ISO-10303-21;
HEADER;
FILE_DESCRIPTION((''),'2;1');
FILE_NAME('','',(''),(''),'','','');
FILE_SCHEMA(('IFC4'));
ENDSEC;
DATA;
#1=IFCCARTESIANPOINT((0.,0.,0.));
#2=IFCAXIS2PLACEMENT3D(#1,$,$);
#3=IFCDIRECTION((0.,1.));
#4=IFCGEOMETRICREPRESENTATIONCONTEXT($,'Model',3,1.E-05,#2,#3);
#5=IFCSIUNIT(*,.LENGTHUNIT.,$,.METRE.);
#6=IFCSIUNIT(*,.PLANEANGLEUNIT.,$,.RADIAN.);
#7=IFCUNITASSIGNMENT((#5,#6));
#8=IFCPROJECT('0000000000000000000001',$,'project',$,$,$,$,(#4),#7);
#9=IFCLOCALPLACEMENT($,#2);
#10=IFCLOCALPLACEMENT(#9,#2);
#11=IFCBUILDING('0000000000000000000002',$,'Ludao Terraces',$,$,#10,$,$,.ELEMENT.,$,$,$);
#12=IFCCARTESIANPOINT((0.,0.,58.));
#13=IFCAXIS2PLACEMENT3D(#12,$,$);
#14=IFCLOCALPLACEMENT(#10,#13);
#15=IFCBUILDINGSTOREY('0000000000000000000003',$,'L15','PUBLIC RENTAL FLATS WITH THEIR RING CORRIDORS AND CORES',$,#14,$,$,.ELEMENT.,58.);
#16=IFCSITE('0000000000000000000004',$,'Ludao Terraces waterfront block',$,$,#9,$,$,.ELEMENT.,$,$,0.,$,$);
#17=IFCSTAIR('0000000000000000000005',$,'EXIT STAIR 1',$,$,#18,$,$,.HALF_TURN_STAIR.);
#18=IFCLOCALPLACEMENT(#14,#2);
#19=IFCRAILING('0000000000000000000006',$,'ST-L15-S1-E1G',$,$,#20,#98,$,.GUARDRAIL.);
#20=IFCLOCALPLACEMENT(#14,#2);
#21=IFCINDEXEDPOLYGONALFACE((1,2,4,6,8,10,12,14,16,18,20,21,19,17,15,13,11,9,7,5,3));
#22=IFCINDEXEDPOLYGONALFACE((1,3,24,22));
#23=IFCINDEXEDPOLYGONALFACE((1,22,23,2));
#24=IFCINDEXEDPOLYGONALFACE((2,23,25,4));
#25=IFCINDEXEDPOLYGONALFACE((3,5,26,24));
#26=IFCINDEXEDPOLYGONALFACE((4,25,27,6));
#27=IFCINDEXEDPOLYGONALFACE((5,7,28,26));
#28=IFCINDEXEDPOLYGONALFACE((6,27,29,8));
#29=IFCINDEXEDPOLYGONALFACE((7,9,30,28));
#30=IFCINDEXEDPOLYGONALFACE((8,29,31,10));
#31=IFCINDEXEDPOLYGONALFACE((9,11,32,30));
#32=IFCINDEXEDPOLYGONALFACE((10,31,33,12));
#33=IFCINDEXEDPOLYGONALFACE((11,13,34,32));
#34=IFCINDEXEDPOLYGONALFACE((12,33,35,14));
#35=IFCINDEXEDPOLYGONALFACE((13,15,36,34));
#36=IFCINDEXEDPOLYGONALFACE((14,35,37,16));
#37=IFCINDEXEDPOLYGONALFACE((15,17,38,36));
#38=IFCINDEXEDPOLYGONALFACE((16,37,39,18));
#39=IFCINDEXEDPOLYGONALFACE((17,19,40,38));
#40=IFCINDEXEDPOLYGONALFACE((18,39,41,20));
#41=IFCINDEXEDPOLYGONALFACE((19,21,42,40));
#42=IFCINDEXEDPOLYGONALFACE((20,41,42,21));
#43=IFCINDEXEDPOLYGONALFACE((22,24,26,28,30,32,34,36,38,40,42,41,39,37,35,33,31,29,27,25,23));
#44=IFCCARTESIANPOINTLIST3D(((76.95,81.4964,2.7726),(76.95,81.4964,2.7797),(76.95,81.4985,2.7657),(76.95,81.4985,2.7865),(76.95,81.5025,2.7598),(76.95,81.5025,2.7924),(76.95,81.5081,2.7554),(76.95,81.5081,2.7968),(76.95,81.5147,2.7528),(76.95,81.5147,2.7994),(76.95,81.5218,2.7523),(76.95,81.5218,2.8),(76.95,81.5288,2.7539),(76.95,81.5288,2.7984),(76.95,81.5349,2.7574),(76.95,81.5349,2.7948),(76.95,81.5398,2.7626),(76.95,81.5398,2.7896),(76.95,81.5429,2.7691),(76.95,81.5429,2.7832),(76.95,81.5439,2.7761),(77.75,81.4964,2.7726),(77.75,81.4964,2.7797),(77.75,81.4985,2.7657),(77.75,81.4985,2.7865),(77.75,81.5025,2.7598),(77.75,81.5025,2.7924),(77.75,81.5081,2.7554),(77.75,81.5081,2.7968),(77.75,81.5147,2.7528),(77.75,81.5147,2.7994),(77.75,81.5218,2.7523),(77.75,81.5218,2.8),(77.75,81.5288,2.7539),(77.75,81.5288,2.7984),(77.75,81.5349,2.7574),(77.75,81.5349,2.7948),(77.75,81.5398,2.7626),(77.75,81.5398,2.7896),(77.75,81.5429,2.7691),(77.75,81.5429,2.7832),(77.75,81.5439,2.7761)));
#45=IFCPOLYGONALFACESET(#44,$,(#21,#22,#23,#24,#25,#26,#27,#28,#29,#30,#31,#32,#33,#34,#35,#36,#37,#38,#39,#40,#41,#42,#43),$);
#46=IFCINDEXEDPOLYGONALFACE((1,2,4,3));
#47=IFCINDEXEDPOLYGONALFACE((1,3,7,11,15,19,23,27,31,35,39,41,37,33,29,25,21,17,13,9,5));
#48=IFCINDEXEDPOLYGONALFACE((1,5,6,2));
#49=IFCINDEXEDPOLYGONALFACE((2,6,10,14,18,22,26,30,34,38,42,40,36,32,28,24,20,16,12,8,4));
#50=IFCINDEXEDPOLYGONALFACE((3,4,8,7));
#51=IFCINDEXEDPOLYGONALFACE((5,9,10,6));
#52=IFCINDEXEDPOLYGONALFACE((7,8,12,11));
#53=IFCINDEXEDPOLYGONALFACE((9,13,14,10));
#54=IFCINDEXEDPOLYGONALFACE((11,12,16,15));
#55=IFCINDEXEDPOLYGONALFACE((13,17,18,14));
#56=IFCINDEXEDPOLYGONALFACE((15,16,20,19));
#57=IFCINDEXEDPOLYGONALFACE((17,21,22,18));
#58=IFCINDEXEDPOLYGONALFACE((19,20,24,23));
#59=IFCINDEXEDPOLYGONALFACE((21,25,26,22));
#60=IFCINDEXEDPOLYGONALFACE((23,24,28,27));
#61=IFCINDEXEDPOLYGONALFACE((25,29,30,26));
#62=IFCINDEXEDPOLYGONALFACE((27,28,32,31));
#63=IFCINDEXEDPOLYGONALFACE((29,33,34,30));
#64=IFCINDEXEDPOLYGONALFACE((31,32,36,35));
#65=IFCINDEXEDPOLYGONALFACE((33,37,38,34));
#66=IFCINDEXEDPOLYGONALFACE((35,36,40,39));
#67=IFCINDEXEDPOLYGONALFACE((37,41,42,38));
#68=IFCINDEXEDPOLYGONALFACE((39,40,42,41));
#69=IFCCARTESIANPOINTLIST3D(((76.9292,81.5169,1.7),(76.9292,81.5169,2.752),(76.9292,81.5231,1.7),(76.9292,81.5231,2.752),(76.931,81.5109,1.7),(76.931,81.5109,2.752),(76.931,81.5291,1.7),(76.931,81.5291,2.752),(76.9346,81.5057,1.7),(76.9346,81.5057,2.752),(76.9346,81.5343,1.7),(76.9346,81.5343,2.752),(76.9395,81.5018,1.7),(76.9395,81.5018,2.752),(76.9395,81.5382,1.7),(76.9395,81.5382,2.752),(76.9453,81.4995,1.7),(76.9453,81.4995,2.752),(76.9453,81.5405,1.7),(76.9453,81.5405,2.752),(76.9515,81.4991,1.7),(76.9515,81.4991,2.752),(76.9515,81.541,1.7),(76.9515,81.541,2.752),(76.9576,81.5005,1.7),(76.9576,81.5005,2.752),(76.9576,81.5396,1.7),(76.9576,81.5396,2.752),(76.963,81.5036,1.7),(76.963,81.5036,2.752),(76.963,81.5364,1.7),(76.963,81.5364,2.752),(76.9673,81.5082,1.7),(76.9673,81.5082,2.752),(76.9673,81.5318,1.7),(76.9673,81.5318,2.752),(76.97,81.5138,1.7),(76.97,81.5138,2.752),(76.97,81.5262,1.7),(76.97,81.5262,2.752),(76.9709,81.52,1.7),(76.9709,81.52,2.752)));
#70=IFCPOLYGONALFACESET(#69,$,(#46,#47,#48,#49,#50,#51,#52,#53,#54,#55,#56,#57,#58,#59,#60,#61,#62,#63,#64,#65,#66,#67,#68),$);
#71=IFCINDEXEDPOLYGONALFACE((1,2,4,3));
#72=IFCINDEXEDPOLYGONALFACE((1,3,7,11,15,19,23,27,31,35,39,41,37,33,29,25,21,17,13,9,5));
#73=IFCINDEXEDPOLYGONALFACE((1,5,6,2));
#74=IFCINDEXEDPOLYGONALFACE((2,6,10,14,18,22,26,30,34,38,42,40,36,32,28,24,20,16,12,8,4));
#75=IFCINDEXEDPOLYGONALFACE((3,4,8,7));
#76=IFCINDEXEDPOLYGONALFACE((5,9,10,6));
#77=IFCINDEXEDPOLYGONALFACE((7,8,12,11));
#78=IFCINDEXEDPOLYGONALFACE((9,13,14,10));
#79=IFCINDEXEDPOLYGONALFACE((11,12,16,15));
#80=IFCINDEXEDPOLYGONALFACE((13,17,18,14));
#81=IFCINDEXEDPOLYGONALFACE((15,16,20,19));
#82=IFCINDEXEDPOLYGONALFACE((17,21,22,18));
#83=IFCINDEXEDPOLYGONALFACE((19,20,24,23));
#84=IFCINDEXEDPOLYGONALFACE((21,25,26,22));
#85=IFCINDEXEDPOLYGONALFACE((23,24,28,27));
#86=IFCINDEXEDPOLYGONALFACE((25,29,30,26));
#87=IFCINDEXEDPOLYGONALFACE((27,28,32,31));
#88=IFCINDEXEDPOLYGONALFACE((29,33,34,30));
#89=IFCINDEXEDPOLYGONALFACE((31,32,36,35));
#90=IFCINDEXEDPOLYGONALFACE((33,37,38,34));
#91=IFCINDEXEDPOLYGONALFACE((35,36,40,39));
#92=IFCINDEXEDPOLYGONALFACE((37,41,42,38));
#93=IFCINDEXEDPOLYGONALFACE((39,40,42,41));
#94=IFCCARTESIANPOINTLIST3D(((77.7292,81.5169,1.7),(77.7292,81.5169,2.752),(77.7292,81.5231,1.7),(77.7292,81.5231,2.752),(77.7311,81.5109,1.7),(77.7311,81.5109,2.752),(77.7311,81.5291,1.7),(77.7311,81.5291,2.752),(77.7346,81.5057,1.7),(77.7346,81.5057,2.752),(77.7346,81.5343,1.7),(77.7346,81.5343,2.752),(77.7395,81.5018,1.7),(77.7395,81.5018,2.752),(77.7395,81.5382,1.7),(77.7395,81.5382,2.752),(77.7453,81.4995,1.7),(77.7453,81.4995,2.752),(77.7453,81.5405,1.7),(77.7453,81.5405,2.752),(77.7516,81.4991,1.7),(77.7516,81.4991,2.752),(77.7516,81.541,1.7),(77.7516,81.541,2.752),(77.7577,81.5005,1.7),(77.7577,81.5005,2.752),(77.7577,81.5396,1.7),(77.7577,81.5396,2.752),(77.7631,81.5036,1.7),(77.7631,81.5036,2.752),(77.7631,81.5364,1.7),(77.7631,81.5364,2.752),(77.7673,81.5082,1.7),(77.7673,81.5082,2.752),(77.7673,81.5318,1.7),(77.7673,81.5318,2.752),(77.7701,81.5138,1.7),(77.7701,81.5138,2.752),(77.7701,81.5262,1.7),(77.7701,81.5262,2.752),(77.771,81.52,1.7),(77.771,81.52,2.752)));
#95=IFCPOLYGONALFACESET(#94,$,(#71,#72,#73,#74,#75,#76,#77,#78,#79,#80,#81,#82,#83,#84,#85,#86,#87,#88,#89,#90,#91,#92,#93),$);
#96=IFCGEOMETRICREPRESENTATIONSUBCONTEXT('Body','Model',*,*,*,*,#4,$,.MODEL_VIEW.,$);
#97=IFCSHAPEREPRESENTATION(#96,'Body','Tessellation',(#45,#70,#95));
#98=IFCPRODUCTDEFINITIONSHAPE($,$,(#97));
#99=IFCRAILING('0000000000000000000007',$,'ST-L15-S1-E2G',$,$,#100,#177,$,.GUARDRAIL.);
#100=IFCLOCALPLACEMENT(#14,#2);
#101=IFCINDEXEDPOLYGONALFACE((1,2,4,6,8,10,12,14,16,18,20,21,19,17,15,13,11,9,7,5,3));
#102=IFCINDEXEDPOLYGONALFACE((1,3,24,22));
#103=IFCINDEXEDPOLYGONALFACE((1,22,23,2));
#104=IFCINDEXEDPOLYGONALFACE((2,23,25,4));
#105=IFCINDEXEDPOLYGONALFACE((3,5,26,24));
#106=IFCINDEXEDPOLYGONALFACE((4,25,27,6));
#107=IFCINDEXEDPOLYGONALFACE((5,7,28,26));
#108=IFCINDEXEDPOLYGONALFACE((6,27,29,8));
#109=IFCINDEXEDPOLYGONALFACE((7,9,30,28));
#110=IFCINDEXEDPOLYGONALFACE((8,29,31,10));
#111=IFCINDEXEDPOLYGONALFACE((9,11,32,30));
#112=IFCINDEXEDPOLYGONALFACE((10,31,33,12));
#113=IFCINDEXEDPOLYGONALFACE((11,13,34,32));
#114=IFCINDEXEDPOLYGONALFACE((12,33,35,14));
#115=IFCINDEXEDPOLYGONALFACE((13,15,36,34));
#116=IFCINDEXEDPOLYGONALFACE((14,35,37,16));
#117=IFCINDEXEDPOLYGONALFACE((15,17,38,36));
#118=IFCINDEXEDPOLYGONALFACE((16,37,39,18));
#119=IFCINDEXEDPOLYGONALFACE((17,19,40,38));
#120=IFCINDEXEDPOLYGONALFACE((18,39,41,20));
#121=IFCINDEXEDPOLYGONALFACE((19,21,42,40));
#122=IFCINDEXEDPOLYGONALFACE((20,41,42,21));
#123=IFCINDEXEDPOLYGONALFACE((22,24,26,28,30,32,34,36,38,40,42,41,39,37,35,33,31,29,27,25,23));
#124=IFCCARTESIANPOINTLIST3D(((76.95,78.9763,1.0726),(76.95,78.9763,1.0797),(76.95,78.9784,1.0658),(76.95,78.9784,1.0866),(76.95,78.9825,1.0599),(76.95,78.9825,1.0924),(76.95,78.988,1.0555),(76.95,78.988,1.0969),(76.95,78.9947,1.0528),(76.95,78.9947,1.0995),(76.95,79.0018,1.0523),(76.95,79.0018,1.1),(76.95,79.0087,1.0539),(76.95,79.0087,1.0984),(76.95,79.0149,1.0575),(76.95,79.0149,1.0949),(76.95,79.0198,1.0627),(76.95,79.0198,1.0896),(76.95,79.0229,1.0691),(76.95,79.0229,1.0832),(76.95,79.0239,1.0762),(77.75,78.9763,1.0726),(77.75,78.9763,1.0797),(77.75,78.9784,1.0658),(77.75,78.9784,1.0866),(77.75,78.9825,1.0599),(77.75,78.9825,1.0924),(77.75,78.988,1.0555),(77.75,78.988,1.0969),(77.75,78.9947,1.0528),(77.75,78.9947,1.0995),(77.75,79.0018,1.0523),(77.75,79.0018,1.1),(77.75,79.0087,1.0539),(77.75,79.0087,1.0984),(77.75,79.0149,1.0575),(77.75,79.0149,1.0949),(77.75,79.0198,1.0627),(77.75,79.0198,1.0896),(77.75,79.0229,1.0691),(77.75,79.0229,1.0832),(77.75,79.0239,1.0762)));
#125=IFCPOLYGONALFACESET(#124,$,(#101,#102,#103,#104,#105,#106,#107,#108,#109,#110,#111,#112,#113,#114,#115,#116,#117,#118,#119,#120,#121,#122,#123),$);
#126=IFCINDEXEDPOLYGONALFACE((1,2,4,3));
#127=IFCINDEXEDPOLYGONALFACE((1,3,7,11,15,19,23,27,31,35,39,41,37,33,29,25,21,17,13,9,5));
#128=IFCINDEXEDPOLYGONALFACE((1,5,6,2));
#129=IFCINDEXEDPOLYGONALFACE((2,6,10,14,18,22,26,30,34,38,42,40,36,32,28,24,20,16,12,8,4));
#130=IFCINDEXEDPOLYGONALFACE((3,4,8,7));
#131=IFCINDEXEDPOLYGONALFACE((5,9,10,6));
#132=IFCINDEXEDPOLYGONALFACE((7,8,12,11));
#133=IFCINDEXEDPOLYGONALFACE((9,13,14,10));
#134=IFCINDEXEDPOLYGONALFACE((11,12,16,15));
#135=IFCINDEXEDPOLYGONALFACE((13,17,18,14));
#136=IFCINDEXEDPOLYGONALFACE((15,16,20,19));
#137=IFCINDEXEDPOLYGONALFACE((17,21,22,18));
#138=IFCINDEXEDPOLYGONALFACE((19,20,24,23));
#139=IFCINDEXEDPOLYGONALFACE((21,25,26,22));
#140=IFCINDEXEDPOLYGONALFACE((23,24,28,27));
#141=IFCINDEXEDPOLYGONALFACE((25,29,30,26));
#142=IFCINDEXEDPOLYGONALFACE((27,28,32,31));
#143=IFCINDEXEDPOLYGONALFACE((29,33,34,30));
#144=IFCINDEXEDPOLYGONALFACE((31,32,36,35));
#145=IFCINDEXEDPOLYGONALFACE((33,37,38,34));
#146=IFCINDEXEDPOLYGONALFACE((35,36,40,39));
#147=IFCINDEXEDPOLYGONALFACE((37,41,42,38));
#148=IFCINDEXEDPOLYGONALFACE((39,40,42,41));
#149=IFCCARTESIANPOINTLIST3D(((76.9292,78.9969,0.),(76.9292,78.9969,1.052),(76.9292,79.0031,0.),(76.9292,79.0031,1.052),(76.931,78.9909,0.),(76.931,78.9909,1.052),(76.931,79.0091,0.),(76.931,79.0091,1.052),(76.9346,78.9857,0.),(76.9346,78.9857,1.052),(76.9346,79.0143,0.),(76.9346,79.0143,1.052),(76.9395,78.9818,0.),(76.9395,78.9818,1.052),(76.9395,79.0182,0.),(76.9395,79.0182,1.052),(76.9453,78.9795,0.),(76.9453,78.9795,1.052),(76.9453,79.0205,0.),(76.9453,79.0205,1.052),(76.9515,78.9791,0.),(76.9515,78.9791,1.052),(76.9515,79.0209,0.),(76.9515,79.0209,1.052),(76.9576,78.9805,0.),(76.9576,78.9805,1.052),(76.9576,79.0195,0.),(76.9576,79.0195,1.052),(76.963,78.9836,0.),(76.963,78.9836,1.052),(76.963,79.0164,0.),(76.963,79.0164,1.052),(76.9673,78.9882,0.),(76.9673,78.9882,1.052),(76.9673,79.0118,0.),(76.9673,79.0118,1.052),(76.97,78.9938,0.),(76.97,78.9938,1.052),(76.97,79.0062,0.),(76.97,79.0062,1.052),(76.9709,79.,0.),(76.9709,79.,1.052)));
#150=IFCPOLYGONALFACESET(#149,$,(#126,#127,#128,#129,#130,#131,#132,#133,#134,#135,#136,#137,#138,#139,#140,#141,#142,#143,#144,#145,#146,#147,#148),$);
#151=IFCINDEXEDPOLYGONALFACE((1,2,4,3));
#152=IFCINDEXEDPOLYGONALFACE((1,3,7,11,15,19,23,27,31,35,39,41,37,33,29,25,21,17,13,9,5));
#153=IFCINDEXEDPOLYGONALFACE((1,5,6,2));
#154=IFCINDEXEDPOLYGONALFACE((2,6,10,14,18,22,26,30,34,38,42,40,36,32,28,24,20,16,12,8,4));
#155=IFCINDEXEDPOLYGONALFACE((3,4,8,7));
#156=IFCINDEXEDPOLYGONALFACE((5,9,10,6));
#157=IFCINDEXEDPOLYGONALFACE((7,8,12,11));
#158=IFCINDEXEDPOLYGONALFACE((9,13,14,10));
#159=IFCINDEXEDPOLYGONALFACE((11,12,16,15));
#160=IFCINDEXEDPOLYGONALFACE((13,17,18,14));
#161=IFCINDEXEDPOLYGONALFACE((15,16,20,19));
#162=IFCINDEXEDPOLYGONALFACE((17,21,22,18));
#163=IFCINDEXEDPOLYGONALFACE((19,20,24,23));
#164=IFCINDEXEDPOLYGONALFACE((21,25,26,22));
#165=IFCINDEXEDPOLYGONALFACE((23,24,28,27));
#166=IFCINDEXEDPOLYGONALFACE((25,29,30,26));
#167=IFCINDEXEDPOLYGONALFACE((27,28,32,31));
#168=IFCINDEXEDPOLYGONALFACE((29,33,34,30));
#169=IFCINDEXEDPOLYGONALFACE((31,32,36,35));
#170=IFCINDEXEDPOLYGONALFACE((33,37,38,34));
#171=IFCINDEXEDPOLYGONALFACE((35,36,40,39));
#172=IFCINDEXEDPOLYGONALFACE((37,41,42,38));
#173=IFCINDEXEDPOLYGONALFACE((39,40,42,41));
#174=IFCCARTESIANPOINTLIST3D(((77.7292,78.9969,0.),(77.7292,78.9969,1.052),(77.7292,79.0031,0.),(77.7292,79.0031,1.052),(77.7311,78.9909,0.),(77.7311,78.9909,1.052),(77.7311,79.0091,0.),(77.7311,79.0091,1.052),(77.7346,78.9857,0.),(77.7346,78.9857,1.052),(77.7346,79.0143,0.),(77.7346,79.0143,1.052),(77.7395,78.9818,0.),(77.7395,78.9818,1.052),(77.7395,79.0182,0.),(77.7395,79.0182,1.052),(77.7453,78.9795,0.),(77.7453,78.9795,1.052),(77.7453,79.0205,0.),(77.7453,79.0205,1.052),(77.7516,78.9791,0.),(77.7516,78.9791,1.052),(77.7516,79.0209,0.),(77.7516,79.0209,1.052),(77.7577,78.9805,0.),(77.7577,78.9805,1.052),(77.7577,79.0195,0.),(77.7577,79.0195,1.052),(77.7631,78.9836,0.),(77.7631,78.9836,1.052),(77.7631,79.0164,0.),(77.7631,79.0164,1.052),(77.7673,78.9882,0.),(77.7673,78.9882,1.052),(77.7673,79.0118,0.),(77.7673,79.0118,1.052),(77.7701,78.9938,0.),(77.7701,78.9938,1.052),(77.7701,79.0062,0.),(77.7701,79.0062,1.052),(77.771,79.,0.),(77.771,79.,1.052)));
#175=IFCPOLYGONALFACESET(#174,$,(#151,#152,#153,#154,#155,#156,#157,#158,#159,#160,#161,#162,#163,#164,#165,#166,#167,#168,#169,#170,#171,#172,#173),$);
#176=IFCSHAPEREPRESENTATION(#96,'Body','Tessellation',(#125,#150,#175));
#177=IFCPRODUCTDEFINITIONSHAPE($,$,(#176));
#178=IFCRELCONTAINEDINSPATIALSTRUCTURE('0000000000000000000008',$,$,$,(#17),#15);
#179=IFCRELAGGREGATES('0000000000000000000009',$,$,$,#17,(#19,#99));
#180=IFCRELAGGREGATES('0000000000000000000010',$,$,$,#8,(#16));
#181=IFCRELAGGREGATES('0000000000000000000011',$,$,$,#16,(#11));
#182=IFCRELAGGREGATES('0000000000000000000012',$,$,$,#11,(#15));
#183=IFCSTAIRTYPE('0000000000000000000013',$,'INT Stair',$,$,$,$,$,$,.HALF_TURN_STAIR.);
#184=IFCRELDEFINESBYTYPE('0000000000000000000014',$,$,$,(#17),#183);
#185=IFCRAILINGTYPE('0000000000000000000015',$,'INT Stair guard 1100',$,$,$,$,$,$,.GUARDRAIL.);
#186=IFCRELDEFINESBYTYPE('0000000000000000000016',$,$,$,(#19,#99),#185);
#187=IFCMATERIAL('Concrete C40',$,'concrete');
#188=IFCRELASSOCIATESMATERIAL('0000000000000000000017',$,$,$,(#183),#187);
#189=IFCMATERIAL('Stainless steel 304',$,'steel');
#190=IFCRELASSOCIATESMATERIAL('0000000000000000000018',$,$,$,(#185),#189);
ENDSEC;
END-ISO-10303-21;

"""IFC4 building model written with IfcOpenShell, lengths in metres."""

from ifc_helpers import new_model, si_unit, direction, frame, origin, origin_2d, place, context, subcontext, project, spatial, circle, extrude, material, type_object, element, aggregate, save


model = new_model("IFC4")

# Units and contexts
model_context = context("Model", 3, precision=1e-05, world=origin(), true_north=direction((0.0, 1.0)))
body_context = subcontext(model_context, "Body", "Model", "MODEL_VIEW")
ifc_project = project(units=[si_unit("LENGTHUNIT", "METRE"), si_unit("PLANEANGLEUNIT", "RADIAN")], contexts=[model_context])

# Site, building, storey
site_placement = place(None, origin())
site = spatial("IfcSite", under=ifc_project, at=site_placement, Name="Ludao Terraces waterfront block", CompositionType="ELEMENT", RefElevation=0.0)
building_placement = place(site_placement, origin())
building = spatial("IfcBuilding", under=site, at=building_placement, Name="Ludao Terraces", CompositionType="ELEMENT")
storey_placement = place(building_placement, frame((0.0, 0.0, 58.0)))
storey = spatial("IfcBuildingStorey", under=building, at=storey_placement, Name="L15", Description="PUBLIC RENTAL FLATS WITH THEIR RING CORRIDORS AND CORES", CompositionType="ELEMENT", Elevation=58.0)

# Shared definitions
ifc_material_1 = material(Name="Concrete C40", Category="concrete")

# Shared definitions
ifc_material_2 = material(Name="Stainless steel 304", Category="steel")

# Stair, railings
stair_type = type_object("IfcStairType", Name="INT Stair", PredefinedType="HALF_TURN_STAIR", material=ifc_material_1)
stair_placement = place(storey_placement, origin())
stair = element("IfcStair", 1, at=stair_placement, inside=storey, type_object=stair_type, Name="EXIT STAIR 1", PredefinedType="HALF_TURN_STAIR")
railing_type_1 = type_object("IfcRailingType", Name="INT Stair guard 1100", PredefinedType="GUARDRAIL", material=ifc_material_2)
railing_1_placement = place(storey_placement, frame((76.95, 81.52, 1.7)))
railing_1 = element("IfcRailing", 2, at=railing_1_placement, type_object=railing_type_1, Name="ST-L15-S1-E1G", PredefinedType="GUARDRAIL", context=body_context, shape_type="SweptSolid", body=[
    extrude(circle(Radius=0.0239, at=origin_2d()), frame((0.0, 0.0, 1.0762), z_axis=(1.0, 0.0, 0.0), x_axis=(0.0, 1.0, 0.0)), (0.0, 0.0, 1.0), 0.8),
    extrude(circle(Radius=0.021, at=origin_2d()), origin(), (0.0, 0.0, 1.0), 1.052),
    extrude(circle(Radius=0.021, at=origin_2d()), frame((0.8, 0.0, 0.0)), (0.0, 0.0, 1.0), 1.052),
])
railing_2_placement = place(storey_placement, frame((76.95, 79.0, 0.0)))
railing_2 = element("IfcRailing", 3, at=railing_2_placement, type_object=railing_type_1, Name="ST-L15-S1-E2G", PredefinedType="GUARDRAIL", context=body_context, shape_type="SweptSolid", body=[
    extrude(circle(Radius=0.0239, at=origin_2d()), frame((0.0, 0.0, 1.0762), z_axis=(1.0, 0.0, 0.0), x_axis=(0.0, 1.0, 0.0)), (0.0, 0.0, 1.0), 0.8),
    extrude(circle(Radius=0.021, at=origin_2d()), origin(), (0.0, 0.0, 1.0), 1.052),
    extrude(circle(Radius=0.021, at=origin_2d()), frame((0.8, 0.0, 0.0)), (0.0, 0.0, 1.0), 1.052),
])
aggregate(stair, [railing_1, railing_2])

save(model, "model.ifc")
